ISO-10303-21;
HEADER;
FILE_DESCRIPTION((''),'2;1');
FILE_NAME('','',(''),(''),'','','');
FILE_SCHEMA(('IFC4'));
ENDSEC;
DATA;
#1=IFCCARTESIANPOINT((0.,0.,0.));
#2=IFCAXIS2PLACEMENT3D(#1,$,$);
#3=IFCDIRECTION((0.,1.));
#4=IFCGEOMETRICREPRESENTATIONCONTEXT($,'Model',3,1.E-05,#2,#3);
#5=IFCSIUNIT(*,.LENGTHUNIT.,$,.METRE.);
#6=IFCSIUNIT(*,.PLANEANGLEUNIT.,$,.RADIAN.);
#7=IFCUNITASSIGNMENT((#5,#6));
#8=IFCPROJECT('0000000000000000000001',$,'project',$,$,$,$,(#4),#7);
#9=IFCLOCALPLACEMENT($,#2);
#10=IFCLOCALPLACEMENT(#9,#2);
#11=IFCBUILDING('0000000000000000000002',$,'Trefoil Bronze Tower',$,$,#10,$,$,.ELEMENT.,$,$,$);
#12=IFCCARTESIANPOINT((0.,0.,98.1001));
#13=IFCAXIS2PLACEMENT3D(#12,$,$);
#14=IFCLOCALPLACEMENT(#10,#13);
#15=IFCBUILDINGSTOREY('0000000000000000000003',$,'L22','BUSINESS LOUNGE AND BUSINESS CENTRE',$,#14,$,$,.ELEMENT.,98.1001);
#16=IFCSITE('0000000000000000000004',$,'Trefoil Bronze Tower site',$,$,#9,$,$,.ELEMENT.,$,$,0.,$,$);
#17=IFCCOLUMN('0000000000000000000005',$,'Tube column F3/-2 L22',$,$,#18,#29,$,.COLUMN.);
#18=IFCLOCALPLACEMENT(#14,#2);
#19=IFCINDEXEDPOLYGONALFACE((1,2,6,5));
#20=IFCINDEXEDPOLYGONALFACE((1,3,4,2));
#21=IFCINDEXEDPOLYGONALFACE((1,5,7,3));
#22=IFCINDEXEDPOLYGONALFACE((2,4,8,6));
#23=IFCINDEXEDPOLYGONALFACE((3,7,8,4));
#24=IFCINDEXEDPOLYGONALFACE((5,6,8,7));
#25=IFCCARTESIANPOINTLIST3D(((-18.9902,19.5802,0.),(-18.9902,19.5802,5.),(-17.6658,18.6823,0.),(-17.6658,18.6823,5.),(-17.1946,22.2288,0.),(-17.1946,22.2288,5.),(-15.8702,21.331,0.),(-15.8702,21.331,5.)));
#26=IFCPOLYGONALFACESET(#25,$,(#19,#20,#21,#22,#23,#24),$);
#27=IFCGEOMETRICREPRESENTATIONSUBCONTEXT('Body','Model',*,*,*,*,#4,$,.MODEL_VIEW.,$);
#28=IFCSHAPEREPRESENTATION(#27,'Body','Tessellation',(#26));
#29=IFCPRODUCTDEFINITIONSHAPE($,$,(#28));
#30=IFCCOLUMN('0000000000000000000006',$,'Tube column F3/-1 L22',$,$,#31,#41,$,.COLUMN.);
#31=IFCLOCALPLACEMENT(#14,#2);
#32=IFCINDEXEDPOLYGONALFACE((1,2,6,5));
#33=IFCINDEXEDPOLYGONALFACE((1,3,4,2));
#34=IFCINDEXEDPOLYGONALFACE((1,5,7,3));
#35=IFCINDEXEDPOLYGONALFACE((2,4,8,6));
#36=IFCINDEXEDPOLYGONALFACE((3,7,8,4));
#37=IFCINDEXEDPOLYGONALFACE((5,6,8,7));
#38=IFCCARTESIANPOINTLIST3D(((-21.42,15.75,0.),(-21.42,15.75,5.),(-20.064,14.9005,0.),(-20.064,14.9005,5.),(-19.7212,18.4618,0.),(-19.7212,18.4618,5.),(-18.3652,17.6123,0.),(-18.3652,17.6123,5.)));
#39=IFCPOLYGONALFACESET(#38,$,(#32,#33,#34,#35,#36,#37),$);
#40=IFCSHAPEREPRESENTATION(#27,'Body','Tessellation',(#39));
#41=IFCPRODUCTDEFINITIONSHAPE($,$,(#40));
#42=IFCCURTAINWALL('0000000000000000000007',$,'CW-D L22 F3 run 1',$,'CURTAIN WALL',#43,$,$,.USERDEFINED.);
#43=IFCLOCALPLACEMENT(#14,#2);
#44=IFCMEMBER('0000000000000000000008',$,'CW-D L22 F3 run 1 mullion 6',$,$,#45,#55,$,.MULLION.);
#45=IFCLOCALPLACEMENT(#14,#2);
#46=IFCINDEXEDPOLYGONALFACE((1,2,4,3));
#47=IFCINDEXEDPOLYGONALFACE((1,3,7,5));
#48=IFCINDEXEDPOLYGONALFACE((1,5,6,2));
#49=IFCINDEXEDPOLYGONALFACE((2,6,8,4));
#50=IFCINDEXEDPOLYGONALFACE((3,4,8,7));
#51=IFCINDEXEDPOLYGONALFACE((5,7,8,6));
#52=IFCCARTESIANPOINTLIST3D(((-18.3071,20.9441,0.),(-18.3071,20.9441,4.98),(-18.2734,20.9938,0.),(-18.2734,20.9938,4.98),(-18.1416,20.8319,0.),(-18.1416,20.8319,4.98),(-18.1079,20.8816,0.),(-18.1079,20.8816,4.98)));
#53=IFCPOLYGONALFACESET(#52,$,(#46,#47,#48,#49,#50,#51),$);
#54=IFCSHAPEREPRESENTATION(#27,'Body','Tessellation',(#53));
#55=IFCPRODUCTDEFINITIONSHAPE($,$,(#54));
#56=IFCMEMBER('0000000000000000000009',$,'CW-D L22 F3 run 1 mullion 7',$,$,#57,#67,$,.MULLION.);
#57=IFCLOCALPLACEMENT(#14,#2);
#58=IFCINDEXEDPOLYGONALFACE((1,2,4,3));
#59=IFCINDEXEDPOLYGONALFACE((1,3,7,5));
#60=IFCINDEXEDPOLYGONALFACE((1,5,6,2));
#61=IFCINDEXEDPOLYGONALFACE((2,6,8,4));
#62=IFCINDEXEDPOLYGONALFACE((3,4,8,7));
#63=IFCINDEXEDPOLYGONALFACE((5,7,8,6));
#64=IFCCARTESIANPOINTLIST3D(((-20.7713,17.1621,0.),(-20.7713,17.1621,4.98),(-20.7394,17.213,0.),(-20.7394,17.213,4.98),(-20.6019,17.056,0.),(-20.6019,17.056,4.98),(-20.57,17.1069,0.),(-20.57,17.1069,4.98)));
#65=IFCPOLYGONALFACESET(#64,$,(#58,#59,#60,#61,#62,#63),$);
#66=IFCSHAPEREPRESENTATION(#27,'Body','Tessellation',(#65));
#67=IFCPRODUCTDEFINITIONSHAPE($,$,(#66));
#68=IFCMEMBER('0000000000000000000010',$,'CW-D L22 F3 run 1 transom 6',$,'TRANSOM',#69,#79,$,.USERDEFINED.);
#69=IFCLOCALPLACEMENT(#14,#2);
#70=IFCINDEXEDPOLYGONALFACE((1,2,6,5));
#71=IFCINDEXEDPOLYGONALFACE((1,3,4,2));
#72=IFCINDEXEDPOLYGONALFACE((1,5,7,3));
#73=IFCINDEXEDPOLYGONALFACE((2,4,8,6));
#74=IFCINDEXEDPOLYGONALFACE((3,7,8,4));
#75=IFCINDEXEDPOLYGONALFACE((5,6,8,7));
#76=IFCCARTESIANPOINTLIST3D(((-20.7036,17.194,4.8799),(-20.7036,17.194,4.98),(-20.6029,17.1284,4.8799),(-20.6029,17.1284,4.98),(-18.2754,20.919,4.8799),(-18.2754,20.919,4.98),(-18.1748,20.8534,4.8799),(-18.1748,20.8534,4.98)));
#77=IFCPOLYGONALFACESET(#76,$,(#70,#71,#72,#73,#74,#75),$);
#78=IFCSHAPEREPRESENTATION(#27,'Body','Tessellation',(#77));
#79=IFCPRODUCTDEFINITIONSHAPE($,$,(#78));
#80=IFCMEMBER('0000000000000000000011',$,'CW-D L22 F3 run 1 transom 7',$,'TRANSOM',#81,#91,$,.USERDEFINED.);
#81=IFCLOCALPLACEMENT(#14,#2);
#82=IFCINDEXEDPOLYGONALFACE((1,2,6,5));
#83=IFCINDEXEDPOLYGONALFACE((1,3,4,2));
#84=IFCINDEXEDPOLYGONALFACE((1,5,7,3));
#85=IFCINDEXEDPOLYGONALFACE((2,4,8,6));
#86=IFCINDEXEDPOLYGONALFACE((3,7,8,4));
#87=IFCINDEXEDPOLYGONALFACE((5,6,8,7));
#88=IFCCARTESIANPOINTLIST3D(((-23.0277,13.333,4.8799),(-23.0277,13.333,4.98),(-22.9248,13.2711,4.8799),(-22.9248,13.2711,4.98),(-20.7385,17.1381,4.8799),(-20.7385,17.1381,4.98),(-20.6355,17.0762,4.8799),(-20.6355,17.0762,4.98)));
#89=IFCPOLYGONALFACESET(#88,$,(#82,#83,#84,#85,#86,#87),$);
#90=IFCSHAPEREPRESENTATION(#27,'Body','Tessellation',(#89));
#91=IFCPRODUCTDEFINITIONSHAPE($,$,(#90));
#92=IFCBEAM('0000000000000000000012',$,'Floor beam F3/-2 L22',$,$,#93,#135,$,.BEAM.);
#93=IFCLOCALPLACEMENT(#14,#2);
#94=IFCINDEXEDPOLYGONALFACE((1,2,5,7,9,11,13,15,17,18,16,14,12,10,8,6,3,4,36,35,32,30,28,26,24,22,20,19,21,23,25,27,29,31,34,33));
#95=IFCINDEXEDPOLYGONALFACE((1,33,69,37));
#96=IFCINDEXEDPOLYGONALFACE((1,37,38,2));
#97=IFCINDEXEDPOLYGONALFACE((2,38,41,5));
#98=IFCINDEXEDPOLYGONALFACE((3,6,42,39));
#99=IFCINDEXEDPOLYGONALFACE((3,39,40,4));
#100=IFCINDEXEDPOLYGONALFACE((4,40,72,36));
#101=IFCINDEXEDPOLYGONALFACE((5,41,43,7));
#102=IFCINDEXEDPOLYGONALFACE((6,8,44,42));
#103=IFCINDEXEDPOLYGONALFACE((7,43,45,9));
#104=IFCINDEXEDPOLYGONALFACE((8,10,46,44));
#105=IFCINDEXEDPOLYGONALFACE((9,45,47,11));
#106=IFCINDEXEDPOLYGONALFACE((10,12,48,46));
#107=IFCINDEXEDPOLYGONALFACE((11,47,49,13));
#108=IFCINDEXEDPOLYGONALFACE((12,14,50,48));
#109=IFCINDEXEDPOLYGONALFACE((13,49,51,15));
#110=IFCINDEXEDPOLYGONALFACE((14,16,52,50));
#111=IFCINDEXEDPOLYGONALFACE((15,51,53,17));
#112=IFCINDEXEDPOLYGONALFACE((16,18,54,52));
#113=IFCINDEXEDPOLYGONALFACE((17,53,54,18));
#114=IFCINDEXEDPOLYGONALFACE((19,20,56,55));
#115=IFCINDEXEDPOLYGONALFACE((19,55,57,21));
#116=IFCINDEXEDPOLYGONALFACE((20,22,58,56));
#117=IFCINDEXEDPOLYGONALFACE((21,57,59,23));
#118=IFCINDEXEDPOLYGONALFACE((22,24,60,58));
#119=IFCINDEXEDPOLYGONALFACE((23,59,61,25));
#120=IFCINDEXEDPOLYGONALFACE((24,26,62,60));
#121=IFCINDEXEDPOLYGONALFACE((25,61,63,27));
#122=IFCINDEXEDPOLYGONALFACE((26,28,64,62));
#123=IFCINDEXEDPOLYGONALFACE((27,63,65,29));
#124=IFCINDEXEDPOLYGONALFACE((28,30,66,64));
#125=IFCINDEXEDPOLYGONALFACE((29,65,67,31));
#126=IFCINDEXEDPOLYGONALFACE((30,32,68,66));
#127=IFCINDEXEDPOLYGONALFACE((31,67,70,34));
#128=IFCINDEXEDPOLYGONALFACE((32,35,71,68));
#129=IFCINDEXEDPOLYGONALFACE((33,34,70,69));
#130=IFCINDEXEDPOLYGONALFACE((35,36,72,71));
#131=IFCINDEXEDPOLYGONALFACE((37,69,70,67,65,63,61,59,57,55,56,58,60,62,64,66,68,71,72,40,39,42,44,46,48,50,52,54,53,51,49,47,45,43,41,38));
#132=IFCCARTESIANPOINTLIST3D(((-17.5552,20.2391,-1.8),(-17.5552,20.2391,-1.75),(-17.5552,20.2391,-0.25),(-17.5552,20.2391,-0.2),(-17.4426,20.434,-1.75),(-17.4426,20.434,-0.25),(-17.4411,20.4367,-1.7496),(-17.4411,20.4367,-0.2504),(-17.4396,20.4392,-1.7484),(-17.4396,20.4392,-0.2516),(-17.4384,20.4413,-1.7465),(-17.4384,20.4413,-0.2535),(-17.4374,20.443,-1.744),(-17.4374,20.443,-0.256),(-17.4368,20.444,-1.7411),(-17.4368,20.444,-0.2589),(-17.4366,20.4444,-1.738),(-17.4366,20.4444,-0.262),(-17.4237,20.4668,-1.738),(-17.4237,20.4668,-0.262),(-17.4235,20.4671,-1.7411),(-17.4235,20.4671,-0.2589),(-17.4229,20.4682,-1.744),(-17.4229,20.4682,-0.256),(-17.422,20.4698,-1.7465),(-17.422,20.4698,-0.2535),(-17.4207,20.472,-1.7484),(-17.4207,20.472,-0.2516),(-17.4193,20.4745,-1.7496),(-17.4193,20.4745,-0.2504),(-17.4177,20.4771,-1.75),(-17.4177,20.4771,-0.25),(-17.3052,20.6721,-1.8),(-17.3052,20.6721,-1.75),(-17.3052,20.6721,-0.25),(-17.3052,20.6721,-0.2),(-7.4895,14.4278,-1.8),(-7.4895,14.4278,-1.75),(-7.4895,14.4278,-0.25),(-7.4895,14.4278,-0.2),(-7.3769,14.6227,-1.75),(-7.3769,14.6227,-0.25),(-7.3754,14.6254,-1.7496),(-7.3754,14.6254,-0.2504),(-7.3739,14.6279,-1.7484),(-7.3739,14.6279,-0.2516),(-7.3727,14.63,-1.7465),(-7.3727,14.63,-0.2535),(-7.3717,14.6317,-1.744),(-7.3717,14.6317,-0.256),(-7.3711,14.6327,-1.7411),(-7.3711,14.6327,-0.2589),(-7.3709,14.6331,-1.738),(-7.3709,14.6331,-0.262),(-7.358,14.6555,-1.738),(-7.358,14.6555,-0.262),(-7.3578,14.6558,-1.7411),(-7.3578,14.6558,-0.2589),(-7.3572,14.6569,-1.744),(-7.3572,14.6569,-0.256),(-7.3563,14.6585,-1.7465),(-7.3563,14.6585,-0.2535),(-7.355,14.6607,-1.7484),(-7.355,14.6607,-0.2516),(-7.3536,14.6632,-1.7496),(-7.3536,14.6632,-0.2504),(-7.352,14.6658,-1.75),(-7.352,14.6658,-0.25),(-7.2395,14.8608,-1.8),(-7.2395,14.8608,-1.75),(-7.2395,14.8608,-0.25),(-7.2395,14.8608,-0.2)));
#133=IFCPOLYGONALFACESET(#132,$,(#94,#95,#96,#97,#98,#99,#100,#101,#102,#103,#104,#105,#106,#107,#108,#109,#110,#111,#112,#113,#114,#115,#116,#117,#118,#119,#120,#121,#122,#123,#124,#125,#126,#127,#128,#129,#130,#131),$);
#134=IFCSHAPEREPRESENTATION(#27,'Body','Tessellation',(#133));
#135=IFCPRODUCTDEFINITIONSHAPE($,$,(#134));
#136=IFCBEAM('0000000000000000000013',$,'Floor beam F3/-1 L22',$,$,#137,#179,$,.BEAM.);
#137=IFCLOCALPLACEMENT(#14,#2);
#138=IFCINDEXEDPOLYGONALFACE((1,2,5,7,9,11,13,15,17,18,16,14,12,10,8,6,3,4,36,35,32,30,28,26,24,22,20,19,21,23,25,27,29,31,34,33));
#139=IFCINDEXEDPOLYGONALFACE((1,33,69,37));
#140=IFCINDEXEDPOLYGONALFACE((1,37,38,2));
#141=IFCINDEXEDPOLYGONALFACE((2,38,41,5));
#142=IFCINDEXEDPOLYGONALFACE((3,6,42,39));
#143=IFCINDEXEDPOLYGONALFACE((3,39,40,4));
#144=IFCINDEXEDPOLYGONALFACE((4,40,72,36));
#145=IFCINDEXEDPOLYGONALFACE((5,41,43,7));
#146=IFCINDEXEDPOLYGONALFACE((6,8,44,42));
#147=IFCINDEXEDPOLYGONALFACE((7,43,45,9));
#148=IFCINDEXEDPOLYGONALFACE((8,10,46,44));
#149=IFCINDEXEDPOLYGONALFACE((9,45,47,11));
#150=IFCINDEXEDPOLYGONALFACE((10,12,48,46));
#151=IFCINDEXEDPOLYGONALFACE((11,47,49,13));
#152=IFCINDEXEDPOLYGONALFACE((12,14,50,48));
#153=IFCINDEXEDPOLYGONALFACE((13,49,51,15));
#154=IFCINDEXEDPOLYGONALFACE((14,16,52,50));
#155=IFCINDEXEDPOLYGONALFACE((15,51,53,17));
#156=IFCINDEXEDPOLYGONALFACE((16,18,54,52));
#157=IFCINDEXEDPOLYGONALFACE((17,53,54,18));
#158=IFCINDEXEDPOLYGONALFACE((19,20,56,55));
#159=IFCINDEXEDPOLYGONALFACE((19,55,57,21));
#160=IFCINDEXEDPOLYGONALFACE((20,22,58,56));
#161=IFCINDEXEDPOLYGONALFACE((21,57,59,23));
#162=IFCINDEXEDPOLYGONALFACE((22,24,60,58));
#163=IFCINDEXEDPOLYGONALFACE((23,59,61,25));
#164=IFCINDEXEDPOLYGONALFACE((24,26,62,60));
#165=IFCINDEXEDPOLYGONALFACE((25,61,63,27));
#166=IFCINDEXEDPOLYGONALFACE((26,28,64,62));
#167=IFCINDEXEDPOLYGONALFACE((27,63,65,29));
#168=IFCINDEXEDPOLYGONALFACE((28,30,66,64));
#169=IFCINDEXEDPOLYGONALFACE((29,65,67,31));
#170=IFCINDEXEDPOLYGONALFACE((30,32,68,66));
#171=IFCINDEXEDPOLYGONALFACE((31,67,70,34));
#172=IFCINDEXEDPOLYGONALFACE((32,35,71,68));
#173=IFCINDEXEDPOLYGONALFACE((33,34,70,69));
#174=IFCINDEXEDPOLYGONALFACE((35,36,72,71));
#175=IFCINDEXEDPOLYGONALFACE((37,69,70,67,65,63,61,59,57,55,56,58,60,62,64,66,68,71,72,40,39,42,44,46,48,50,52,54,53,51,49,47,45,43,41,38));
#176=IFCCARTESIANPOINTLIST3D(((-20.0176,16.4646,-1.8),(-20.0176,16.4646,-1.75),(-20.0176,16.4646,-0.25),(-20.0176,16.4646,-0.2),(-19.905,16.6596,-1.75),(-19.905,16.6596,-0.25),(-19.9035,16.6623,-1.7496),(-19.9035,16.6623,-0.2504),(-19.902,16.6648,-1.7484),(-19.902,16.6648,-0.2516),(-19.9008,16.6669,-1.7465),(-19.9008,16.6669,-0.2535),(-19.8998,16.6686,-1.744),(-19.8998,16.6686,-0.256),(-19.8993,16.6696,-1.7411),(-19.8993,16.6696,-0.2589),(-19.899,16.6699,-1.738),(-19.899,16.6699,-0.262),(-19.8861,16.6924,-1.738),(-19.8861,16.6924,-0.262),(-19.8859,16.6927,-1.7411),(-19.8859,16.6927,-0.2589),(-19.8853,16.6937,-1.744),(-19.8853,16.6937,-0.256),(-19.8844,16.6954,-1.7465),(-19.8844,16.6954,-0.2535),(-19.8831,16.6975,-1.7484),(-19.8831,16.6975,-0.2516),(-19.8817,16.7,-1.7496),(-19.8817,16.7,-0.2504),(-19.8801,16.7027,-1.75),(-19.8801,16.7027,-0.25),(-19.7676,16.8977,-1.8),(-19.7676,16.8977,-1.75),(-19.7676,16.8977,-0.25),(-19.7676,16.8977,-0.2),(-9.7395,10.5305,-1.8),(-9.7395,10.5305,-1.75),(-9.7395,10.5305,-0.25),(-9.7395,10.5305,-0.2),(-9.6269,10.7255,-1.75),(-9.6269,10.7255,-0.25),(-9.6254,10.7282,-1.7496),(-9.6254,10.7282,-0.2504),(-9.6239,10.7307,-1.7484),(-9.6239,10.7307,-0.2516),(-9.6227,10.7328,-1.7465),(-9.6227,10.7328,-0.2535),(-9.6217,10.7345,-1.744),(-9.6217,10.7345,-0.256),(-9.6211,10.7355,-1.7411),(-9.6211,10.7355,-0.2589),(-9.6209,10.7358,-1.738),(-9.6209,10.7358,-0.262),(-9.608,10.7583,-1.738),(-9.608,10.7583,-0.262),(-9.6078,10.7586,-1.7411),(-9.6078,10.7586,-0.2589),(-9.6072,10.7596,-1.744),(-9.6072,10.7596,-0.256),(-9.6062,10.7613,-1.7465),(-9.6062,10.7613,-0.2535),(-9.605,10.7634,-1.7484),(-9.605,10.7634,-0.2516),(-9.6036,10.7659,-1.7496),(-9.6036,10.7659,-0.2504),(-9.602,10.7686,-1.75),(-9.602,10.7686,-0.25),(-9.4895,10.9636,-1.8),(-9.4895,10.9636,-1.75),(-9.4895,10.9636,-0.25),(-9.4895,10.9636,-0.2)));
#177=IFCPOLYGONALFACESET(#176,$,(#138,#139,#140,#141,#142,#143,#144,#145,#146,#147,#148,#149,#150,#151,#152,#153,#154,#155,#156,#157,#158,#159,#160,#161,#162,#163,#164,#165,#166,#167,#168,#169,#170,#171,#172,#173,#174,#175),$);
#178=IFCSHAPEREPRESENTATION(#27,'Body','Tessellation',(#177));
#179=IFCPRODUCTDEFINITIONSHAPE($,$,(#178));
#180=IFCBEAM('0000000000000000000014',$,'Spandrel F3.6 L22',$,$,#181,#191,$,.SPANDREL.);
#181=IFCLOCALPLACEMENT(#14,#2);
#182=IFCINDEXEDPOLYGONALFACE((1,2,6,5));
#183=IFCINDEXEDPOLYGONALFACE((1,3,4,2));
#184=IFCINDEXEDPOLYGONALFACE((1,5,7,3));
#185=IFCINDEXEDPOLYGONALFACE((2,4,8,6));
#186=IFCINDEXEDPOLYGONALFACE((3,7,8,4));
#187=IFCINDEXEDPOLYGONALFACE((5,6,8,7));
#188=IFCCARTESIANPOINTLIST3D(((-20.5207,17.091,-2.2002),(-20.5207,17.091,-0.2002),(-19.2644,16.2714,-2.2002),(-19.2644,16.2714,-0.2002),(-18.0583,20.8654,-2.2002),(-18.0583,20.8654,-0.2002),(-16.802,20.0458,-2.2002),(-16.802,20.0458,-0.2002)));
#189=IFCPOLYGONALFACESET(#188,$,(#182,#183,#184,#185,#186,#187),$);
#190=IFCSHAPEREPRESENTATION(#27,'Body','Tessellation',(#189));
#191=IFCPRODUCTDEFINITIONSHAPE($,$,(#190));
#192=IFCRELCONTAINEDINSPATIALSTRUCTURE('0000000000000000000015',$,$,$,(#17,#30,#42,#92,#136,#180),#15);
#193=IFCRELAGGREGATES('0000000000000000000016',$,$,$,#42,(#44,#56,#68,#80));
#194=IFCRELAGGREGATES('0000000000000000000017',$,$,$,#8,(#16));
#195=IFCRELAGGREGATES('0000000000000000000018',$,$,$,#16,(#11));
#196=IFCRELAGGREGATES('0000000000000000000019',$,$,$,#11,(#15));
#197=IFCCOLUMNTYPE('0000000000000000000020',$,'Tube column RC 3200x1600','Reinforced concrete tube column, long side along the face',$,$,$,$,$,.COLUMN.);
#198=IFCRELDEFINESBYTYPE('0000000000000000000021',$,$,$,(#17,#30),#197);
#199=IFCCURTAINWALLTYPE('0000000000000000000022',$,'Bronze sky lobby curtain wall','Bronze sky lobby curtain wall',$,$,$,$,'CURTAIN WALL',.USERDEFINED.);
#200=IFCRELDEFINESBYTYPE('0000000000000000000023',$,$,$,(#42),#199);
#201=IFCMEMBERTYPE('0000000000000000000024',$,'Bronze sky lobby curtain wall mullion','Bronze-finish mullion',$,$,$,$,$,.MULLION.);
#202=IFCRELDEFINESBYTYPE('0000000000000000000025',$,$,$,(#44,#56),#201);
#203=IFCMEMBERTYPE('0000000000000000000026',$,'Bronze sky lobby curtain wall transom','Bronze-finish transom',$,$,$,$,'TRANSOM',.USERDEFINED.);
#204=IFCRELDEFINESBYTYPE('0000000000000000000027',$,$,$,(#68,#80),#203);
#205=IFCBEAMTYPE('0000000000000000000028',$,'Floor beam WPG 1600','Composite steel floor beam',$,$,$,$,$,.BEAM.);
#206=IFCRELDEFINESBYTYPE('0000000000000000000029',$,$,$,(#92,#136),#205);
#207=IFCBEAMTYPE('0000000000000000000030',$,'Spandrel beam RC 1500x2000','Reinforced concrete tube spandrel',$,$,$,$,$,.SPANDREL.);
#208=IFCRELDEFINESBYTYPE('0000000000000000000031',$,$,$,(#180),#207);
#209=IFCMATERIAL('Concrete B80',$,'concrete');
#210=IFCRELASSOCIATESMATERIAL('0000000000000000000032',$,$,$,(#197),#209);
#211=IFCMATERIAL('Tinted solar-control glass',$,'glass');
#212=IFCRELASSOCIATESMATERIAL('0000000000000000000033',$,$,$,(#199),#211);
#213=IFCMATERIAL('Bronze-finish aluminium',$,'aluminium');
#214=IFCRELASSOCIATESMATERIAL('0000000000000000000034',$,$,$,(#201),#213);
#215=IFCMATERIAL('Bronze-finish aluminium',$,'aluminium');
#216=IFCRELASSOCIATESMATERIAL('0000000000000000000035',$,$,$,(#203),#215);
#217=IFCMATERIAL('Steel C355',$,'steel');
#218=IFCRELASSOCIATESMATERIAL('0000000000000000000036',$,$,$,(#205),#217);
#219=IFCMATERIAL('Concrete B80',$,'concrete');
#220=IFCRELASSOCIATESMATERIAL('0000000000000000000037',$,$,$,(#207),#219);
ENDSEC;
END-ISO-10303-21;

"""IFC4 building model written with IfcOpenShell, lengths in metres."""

from ifc_helpers import new_model, si_unit, direction, frame, origin, origin_2d, place, context, subcontext, project, spatial, rectangle, i_section, extrude, material, material_profile, profile_set, type_object, element, aggregate, save


model = new_model("IFC4")

# Units and contexts
model_context = context("Model", 3, precision=1e-05, world=origin(), true_north=direction((0.0, 1.0)))
body_context = subcontext(model_context, "Body", "Model", "MODEL_VIEW")
ifc_project = project(units=[si_unit("LENGTHUNIT", "METRE"), si_unit("PLANEANGLEUNIT", "RADIAN")], contexts=[model_context])

# Site, building, storey
site_placement = place(None, origin())
site = spatial("IfcSite", under=ifc_project, at=site_placement, Name="Trefoil Bronze Tower site", CompositionType="ELEMENT", RefElevation=0.0)
building_placement = place(site_placement, origin())
building = spatial("IfcBuilding", under=site, at=building_placement, Name="Trefoil Bronze Tower", CompositionType="ELEMENT")
storey_placement = place(building_placement, frame((0.0, 0.0, 98.1001)))
storey = spatial("IfcBuildingStorey", under=building, at=storey_placement, Name="L22", Description="BUSINESS LOUNGE AND BUSINESS CENTRE", CompositionType="ELEMENT", Elevation=98.1001)

# Columns
ifc_material_1 = material(Name="Concrete B80", Category="concrete")
ifc_material_profile_1 = material_profile(ifc_material_1, rectangle(XDim=3.2, YDim=1.6001, at=origin_2d()), Name="RC 3200x1600")
ifc_profile_set_1 = profile_set([ifc_material_profile_1], Name="Concrete B80")
column_type = type_object("IfcColumnType", Name="Tube column RC 3200x1600", Description="Reinforced concrete tube column, long side along the face", PredefinedType="COLUMN", material=ifc_profile_set_1)
for number, where, z_axis, x_axis, name in (
    (1, (-17.4302, 20.4556, 0.0), (0.0, 0.0, 1.0), (-0.561136, -0.827724, 0.0), "Tube column F3/-2 L22"),
    (2, (-19.8926, 16.6812, 0.0), (0.0, 0.0, 1.0), (-0.530893, -0.847439, 0.0), "Tube column F3/-1 L22"),
):
    element("IfcColumn", number, at=place(storey_placement, frame(where, z_axis=z_axis, x_axis=x_axis)), inside=storey, type_object=column_type, Name=name, PredefinedType="COLUMN", context=body_context, shape_type="SweptSolid", body=[
        extrude(rectangle(XDim=3.2, YDim=1.6001, at=origin_2d()), origin(), (0.0, 0.0, 1.0), 5.0),
    ])

# Curtain wall, members
ifc_material_2 = material(Name="Tinted solar-control glass", Category="glass")
curtain_wall_type = type_object("IfcCurtainWallType", Name="Bronze sky lobby curtain wall", Description="Bronze sky lobby curtain wall", ElementType="CURTAIN WALL", PredefinedType="USERDEFINED", material=ifc_material_2)
curtain_wall_placement = place(storey_placement, origin())
curtain_wall = element("IfcCurtainWall", 3, at=curtain_wall_placement, inside=storey, type_object=curtain_wall_type, Name="CW-D L22 F3 run 1", ObjectType="CURTAIN WALL", PredefinedType="USERDEFINED")
ifc_material_3 = material(Name="Bronze-finish aluminium", Category="aluminium")
ifc_material_profile_2 = material_profile(ifc_material_3, rectangle(XDim=0.2, YDim=0.0601, at=origin_2d()), Name="CW-D mullion")
ifc_profile_set_2 = profile_set([ifc_material_profile_2], Name="Bronze-finish aluminium")
member_type_1 = type_object("IfcMemberType", Name="Bronze sky lobby curtain wall mullion", Description="Bronze-finish mullion", PredefinedType="MULLION", material=ifc_profile_set_2)
member_1_placement = place(storey_placement, frame((-18.2075, 20.9128, 0.0), z_axis=(0.0, 0.0, 1.0), x_axis=(0.827724, -0.561136, 0.0)))
member_1 = element("IfcMember", 4, at=member_1_placement, type_object=member_type_1, Name="CW-D L22 F3 run 1 mullion 6", PredefinedType="MULLION", context=body_context, shape_type="SweptSolid", body=[
    extrude(rectangle(XDim=0.2, YDim=0.0601, at=origin_2d()), origin(), (0.0, 0.0, 1.0), 4.98),
])
member_2_placement = place(storey_placement, frame((-20.6707, 17.1345, 0.0), z_axis=(0.0, 0.0, 1.0), x_axis=(0.847439, -0.530893, 0.0)))
member_2 = element("IfcMember", 5, at=member_2_placement, type_object=member_type_1, Name="CW-D L22 F3 run 1 mullion 7", PredefinedType="MULLION", context=body_context, shape_type="SweptSolid", body=[
    extrude(rectangle(XDim=0.2, YDim=0.0601, at=origin_2d()), origin(), (0.0, 0.0, 1.0), 4.98),
])
ifc_material_4 = material(Name="Bronze-finish aluminium", Category="aluminium")
ifc_material_profile_3 = material_profile(ifc_material_4, rectangle(XDim=0.1201, YDim=0.1001, at=origin_2d()), Name="CW-D transom")
ifc_profile_set_3 = profile_set([ifc_material_profile_3], Name="Bronze-finish aluminium")
member_type_2 = type_object("IfcMemberType", Name="Bronze sky lobby curtain wall transom", Description="Bronze-finish transom", ElementType="TRANSOM", PredefinedType="USERDEFINED", material=ifc_profile_set_3)
member_3_placement = place(storey_placement, frame((-18.2251, 20.8862, 4.9299), z_axis=(-0.54608, -0.837733, 0.0), x_axis=(0.837733, -0.54608, 0.0)))
member_3 = element("IfcMember", 6, at=member_3_placement, type_object=member_type_2, Name="CW-D L22 F3 run 1 transom 6", ObjectType="TRANSOM", PredefinedType="USERDEFINED", context=body_context, shape_type="SweptSolid", body=[
    extrude(rectangle(XDim=0.1201, YDim=0.1001, at=origin_2d()), origin(), (0.0, 0.0, 1.0), 4.4465),
])
member_4_placement = place(storey_placement, frame((-20.687, 17.1072, 4.9299), z_axis=(-0.515522, -0.856876, 0.0), x_axis=(0.856876, -0.515522, 0.0)))
member_4 = element("IfcMember", 7, at=member_4_placement, type_object=member_type_2, Name="CW-D L22 F3 run 1 transom 7", ObjectType="TRANSOM", PredefinedType="USERDEFINED", context=body_context, shape_type="SweptSolid", body=[
    extrude(rectangle(XDim=0.1201, YDim=0.1001, at=origin_2d()), origin(), (0.0, 0.0, 1.0), 4.4407),
])

# Beams
ifc_material_5 = material(Name="Steel C355", Category="steel")
ifc_material_profile_4 = material_profile(ifc_material_5, i_section(OverallWidth=0.5, OverallDepth=1.6001, WebThickness=0.0259, FlangeThickness=0.05, FilletRadius=0.012, at=origin_2d()), Name="WPG 1600")
ifc_profile_set_4 = profile_set([ifc_material_profile_4], Name="Steel C355")
beam_type_1 = type_object("IfcBeamType", Name="Floor beam WPG 1600", Description="Composite steel floor beam", PredefinedType="BEAM", material=ifc_profile_set_4)
beam_1_placement = place(storey_placement, frame((-17.4302, 20.4556, -1.0), z_axis=(0.866031, -0.499991, 0.0), x_axis=(0.499991, 0.866031, 0.0)))
element("IfcBeam", 8, at=beam_1_placement, inside=storey, type_object=beam_type_1, Name="Floor beam F3/-2 L22", PredefinedType="BEAM", context=body_context, shape_type="SweptSolid", body=[
    extrude(i_section(OverallWidth=0.5, OverallDepth=1.6001, WebThickness=0.0259, FlangeThickness=0.05, FilletRadius=0.012, at=origin_2d()), origin(), (0.0, 0.0, 1.0), 11.6228),
])
beam_2_placement = place(storey_placement, frame((-19.8926, 16.6812, -1.0), z_axis=(0.866024, -0.500002, 0.0), x_axis=(0.500002, 0.866024, 0.0)))
element("IfcBeam", 9, at=beam_2_placement, inside=storey, type_object=beam_type_1, Name="Floor beam F3/-1 L22", PredefinedType="BEAM", context=body_context, shape_type="SweptSolid", body=[
    extrude(i_section(OverallWidth=0.5, OverallDepth=1.6001, WebThickness=0.0259, FlangeThickness=0.05, FilletRadius=0.012, at=origin_2d()), origin(), (0.0, 0.0, 1.0), 11.8682),
])
ifc_material_6 = material(Name="Concrete B80", Category="concrete")
ifc_material_profile_5 = material_profile(ifc_material_6, rectangle(XDim=1.5, YDim=2.0, at=origin_2d()), Name="RC 1500x2000")
ifc_profile_set_5 = profile_set([ifc_material_profile_5], Name="Concrete B80")
beam_type_2 = type_object("IfcBeamType", Name="Spandrel beam RC 1500x2000", Description="Reinforced concrete tube spandrel", PredefinedType="SPANDREL", material=ifc_profile_set_5)
beam_3_placement = place(storey_placement, frame((-17.4302, 20.4556, -1.2002), z_axis=(-0.546397, -0.837527, 0.0), x_axis=(0.837527, -0.546397, 0.0)))
element("IfcBeam", 10, at=beam_3_placement, inside=storey, type_object=beam_type_2, Name="Spandrel F3.6 L22", PredefinedType="SPANDREL", context=body_context, shape_type="SweptSolid", body=[
    extrude(rectangle(XDim=1.5, YDim=2.0, at=origin_2d()), origin(), (0.0, 0.0, 1.0), 4.5066),
])

aggregate(curtain_wall, [member_1, member_2, member_3, member_4])

save(model, "model.ifc")
